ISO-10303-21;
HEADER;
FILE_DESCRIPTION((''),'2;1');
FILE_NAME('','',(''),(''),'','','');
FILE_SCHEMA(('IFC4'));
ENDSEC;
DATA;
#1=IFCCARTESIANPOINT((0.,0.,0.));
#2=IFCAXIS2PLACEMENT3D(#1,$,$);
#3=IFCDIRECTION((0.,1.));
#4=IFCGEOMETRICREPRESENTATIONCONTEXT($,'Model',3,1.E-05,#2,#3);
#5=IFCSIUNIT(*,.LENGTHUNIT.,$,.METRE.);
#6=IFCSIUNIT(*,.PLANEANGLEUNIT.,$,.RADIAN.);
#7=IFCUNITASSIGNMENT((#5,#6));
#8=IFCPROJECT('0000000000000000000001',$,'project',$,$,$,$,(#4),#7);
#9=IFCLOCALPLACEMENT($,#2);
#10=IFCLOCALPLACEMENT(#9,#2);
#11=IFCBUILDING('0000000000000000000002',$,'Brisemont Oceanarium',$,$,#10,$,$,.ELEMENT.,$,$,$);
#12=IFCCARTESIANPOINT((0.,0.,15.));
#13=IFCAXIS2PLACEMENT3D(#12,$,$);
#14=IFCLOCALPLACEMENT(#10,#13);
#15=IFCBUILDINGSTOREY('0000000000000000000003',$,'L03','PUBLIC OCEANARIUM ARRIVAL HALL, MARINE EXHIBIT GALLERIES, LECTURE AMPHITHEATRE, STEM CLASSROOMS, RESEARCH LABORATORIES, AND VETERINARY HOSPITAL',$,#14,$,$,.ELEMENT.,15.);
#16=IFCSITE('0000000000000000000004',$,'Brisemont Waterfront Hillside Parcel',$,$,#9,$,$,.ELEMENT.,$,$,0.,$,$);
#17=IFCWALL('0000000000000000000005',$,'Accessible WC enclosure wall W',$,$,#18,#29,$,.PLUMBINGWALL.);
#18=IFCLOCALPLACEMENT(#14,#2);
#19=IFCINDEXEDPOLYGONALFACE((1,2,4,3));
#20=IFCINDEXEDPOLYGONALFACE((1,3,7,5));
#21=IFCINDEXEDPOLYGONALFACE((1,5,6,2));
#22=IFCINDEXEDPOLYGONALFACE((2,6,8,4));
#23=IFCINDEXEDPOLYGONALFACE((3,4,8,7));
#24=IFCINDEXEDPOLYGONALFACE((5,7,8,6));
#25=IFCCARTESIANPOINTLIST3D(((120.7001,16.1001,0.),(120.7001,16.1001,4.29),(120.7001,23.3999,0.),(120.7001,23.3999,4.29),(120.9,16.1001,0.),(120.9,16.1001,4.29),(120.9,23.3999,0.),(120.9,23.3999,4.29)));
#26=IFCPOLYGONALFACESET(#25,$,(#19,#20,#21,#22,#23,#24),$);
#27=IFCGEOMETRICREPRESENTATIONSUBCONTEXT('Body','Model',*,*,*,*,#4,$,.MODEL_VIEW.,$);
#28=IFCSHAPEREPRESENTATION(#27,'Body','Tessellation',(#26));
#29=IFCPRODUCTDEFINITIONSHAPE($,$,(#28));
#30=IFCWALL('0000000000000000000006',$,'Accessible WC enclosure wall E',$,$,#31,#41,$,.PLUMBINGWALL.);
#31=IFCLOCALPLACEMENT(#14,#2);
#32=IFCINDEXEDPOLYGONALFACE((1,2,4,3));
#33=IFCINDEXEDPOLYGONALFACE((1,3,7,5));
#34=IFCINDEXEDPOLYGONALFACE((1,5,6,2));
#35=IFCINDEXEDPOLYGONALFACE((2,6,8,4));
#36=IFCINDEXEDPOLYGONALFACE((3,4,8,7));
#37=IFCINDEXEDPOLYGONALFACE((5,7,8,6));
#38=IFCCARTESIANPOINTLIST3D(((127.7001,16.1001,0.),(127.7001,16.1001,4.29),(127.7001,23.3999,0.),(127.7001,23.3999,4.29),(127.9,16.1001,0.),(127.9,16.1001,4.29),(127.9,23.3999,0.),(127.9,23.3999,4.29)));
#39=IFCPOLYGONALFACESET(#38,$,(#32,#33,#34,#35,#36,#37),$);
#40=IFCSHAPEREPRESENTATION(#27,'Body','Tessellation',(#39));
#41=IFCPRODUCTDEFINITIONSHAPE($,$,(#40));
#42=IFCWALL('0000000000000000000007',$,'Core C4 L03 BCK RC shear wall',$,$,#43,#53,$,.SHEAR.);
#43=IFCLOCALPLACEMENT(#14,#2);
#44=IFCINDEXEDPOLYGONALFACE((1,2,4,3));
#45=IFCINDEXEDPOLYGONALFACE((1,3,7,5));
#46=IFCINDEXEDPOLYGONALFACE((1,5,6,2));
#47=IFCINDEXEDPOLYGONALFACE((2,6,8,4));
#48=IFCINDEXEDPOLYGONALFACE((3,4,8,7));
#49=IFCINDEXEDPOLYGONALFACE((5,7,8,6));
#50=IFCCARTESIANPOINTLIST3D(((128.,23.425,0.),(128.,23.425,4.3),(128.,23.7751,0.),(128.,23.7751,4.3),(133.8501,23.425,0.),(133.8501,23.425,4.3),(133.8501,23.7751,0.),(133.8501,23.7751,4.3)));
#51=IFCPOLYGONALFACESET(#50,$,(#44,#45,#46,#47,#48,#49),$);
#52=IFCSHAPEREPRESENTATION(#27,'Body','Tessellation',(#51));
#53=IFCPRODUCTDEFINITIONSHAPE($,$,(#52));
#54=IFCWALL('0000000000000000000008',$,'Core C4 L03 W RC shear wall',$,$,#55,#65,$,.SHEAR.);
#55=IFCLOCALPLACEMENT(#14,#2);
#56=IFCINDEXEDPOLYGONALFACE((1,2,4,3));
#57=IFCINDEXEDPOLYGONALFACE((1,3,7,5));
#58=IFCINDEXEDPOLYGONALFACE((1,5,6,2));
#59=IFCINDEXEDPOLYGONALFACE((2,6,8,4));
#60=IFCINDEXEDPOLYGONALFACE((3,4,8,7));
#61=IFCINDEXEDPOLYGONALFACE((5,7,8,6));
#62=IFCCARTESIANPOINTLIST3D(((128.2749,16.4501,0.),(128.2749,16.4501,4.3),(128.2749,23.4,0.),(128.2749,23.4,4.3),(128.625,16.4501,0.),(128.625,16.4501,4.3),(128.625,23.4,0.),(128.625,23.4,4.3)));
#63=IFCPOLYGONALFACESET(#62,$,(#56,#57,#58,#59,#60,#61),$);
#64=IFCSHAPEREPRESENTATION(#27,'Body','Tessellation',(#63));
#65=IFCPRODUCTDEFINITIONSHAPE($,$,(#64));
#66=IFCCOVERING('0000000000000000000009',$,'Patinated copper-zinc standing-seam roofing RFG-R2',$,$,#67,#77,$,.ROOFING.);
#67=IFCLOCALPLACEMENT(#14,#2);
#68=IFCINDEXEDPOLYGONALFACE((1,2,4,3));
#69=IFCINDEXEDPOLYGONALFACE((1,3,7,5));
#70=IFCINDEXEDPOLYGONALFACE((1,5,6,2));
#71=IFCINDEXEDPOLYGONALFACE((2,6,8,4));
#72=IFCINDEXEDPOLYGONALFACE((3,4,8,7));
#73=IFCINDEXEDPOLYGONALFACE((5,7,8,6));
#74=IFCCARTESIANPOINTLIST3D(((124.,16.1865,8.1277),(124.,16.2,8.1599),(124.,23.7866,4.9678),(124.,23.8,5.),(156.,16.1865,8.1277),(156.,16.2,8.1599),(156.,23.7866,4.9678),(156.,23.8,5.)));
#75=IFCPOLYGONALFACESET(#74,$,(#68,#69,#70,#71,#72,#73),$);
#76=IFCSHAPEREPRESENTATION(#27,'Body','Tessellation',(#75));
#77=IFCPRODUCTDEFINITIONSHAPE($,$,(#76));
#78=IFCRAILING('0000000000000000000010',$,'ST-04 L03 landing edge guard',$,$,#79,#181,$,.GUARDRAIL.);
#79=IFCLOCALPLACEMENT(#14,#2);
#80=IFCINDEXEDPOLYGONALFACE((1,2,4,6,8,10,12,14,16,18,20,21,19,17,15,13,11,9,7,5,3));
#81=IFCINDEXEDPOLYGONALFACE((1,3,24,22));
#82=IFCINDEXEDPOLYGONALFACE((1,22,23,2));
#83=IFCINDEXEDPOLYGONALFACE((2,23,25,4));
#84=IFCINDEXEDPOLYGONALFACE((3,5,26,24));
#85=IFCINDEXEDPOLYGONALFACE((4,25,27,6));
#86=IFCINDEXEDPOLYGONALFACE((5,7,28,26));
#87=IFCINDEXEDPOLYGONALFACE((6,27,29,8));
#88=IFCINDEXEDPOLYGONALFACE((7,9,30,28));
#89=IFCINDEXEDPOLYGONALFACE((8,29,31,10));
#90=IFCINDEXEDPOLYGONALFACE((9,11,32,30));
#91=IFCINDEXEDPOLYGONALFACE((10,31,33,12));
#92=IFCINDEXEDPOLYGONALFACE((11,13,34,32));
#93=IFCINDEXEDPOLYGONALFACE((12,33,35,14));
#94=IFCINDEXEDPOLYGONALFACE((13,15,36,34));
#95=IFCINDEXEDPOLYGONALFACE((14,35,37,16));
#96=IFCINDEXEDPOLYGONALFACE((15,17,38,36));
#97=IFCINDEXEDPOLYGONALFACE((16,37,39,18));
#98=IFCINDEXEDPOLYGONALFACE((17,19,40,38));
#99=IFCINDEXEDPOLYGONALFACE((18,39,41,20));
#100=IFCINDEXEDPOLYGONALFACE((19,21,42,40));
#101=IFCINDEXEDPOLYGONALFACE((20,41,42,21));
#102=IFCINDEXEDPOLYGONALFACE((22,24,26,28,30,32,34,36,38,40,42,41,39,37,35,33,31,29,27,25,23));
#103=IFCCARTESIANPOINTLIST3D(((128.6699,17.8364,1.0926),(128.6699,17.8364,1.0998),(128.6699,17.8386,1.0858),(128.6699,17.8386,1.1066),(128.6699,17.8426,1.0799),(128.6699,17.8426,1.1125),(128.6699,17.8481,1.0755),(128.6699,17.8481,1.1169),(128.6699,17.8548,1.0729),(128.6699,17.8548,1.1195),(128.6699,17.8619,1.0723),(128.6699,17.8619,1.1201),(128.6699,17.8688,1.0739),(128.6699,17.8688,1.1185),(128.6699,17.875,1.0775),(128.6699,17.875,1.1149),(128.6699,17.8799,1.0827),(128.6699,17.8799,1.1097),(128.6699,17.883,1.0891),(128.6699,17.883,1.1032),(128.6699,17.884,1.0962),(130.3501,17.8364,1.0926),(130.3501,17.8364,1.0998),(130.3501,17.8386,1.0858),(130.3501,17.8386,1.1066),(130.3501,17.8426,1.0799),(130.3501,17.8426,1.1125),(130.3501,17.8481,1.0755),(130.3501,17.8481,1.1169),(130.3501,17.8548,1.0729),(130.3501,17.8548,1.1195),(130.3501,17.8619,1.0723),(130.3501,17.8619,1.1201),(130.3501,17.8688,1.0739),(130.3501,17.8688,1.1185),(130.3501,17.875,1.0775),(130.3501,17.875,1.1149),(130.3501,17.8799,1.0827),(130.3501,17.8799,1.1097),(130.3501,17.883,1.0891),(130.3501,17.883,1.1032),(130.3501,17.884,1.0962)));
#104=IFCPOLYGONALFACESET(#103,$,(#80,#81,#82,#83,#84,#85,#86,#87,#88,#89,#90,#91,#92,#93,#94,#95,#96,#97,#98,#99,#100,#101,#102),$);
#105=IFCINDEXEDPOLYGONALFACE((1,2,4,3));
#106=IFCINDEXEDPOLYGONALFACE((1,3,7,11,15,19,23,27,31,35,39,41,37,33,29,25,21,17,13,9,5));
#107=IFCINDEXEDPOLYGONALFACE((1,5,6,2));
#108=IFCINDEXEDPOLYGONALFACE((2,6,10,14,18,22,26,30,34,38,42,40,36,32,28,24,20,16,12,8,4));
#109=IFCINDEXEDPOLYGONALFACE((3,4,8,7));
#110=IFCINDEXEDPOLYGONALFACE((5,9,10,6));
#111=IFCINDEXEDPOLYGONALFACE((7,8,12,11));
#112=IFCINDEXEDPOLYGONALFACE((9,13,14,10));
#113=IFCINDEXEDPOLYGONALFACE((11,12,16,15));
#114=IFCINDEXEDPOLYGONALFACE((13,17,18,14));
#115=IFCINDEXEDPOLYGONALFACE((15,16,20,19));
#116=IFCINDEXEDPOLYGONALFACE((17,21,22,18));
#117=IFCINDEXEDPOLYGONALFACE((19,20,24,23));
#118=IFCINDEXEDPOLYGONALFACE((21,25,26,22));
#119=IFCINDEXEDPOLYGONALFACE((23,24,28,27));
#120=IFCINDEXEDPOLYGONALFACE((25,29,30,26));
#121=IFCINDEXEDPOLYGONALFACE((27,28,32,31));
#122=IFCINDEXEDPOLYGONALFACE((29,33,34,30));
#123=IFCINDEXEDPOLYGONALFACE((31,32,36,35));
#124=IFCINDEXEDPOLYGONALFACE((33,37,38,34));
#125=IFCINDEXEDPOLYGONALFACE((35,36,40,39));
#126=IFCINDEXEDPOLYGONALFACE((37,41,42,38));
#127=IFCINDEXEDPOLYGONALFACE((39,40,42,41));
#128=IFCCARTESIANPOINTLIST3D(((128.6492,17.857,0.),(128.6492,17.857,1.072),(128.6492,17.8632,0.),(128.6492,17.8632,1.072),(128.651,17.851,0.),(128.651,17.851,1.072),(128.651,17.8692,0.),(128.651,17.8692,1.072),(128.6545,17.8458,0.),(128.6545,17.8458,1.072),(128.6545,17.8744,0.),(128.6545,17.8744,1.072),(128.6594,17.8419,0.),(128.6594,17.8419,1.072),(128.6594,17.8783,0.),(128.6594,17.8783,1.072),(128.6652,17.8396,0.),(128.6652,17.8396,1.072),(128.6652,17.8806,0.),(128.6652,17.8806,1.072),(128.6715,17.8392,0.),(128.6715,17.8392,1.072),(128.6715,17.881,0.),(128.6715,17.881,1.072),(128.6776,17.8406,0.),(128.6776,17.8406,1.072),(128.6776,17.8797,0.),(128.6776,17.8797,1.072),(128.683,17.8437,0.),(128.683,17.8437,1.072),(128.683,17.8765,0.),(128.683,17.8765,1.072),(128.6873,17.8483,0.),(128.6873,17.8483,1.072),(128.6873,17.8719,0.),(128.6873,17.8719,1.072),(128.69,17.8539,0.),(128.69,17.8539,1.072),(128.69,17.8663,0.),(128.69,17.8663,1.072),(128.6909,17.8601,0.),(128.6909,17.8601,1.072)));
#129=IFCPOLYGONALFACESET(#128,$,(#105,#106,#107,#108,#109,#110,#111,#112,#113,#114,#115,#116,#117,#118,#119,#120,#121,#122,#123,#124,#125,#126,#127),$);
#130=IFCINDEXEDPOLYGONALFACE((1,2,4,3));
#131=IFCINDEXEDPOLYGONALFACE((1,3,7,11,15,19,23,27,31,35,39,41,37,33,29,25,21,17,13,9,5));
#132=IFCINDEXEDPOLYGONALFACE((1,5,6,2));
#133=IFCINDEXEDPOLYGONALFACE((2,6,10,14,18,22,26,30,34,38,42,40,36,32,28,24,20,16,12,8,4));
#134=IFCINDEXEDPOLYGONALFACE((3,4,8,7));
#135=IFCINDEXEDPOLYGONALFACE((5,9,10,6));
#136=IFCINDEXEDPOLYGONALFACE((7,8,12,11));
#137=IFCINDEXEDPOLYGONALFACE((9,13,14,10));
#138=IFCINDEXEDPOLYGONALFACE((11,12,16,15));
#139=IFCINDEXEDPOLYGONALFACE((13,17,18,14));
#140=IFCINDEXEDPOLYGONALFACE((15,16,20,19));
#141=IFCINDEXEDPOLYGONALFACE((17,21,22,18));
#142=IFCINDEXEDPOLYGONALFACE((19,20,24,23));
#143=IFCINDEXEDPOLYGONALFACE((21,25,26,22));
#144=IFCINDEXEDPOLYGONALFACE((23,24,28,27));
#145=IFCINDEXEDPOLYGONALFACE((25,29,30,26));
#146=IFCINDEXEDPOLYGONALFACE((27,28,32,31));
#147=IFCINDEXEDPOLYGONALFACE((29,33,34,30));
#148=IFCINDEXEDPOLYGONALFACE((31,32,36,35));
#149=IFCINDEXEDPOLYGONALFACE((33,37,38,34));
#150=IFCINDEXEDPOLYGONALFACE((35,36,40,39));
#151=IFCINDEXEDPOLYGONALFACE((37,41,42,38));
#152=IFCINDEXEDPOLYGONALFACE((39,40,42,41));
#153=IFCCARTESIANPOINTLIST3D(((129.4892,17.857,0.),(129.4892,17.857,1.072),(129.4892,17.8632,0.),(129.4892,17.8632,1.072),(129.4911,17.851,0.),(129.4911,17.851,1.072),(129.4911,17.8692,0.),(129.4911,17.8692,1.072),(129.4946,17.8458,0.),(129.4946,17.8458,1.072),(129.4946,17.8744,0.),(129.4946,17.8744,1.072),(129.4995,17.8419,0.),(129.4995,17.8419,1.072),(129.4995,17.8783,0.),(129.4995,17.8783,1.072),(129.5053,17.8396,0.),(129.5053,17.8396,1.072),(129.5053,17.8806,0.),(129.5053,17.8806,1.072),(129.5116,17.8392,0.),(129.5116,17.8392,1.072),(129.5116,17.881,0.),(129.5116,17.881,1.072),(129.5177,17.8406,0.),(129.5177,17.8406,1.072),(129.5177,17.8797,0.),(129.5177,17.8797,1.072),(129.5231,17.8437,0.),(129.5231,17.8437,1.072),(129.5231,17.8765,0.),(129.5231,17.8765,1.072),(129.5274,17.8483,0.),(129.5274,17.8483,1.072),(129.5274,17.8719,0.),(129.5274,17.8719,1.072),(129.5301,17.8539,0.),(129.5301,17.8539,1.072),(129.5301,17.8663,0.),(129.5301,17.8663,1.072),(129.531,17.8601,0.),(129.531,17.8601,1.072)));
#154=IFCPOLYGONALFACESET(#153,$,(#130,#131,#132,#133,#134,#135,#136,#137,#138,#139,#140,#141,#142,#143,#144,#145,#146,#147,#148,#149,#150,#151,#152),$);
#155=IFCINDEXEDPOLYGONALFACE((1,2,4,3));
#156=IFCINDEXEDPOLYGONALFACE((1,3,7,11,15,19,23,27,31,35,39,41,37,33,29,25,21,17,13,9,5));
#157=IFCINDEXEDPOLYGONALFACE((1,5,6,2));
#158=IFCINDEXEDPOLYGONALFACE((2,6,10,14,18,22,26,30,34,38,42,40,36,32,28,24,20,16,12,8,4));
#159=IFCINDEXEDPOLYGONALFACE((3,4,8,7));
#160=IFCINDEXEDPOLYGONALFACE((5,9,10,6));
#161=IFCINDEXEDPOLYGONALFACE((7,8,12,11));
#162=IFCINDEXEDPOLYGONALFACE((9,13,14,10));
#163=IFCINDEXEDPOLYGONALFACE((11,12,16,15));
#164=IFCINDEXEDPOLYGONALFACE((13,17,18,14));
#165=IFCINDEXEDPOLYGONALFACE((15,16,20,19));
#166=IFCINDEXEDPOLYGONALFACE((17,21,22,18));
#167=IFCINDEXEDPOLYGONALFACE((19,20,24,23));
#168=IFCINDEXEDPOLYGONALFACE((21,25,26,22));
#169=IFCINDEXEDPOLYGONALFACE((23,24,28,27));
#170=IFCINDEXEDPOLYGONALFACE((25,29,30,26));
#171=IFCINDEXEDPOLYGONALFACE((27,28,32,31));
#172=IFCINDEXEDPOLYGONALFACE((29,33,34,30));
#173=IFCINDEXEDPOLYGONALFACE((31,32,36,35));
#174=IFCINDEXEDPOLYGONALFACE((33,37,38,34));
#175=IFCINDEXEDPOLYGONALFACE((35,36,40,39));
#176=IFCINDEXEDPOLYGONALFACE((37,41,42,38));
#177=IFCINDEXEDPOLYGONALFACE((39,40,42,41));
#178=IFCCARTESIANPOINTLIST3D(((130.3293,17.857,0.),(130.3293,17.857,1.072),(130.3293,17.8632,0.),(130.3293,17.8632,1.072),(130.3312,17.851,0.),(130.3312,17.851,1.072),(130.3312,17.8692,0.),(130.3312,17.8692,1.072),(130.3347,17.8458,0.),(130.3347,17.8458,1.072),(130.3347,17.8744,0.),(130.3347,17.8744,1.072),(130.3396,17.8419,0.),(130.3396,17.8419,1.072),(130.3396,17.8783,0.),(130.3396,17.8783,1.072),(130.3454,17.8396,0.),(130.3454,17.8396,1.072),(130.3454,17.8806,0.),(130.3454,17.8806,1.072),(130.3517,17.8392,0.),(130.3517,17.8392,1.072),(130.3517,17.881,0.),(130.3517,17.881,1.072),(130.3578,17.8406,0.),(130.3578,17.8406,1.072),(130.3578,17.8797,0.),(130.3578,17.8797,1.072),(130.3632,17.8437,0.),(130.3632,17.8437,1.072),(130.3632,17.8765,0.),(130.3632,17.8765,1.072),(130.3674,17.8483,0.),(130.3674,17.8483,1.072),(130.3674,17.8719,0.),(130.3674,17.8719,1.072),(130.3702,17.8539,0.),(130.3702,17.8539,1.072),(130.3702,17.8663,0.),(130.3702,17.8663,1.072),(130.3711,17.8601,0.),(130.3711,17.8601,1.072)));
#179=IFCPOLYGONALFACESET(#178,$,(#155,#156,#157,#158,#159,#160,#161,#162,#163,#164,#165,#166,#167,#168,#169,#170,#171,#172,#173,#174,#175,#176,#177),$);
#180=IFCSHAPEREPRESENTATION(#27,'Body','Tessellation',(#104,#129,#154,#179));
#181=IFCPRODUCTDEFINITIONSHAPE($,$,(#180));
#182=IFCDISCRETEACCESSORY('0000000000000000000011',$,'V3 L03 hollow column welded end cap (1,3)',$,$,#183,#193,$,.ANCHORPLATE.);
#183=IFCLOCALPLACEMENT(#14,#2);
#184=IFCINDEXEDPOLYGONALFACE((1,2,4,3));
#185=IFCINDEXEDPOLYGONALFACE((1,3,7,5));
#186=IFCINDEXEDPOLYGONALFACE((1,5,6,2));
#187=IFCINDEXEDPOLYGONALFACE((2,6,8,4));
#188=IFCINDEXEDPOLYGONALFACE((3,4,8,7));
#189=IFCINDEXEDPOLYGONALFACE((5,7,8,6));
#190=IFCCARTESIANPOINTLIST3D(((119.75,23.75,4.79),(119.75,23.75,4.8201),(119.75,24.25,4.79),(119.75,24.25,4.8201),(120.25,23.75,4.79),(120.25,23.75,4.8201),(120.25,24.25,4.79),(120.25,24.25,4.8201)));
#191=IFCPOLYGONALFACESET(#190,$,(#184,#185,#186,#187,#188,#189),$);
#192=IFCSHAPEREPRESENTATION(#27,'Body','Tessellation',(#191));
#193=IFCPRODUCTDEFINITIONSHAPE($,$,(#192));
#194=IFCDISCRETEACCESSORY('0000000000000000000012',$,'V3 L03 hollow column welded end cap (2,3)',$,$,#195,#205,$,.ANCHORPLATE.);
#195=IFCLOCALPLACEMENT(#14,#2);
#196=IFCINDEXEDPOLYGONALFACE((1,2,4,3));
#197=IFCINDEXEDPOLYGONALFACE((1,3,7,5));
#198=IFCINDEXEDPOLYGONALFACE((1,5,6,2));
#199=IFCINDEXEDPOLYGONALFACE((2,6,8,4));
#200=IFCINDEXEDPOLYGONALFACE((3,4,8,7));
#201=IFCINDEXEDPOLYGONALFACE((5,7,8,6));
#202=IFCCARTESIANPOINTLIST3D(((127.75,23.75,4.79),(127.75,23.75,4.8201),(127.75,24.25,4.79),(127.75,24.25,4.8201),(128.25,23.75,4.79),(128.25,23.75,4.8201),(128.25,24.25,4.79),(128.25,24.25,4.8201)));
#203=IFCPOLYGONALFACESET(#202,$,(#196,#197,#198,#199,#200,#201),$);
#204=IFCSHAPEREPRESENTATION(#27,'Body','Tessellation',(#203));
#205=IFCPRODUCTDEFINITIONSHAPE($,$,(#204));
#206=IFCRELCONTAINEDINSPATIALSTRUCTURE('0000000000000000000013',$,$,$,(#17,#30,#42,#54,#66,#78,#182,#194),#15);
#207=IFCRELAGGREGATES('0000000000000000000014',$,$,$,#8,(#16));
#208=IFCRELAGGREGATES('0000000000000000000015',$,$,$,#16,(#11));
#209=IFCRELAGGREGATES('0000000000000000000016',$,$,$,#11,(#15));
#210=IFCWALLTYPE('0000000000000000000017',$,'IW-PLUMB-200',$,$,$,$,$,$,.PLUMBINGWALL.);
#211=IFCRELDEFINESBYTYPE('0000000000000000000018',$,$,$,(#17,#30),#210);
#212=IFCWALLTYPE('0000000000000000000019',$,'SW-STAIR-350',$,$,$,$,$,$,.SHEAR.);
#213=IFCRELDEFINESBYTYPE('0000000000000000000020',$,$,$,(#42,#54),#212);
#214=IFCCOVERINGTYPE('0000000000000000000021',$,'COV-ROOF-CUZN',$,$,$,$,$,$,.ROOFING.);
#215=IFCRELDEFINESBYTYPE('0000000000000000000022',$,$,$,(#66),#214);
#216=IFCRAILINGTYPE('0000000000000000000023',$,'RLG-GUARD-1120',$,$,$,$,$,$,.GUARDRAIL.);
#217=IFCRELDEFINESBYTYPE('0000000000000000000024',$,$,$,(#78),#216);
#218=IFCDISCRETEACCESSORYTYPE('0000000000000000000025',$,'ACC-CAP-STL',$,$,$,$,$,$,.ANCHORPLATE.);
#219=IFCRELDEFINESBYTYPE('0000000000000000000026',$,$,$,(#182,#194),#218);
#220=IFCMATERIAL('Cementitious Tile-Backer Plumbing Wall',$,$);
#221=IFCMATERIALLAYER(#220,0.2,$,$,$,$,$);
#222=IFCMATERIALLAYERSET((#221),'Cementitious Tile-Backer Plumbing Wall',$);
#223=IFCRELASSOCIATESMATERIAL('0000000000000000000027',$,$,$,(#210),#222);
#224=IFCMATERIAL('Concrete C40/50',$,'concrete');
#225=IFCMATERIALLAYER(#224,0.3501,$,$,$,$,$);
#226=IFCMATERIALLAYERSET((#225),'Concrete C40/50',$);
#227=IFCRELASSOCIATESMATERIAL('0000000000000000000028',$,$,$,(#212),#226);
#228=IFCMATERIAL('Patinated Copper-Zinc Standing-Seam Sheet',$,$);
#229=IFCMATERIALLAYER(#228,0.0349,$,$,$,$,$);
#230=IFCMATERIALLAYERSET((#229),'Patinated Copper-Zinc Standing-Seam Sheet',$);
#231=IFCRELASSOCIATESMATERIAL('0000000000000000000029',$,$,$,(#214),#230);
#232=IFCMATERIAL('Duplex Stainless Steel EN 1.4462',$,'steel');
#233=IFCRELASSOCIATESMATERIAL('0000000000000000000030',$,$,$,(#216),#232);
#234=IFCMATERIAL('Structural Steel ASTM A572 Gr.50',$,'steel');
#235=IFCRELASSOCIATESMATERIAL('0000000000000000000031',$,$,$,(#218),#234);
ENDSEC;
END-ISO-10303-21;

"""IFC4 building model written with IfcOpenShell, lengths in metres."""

from ifc_helpers import new_model, si_unit, direction, frame, frame_2d, origin, origin_2d, place, context, subcontext, project, spatial, polyline, rectangle, circle, outline, extrude, material, layer, layer_set, type_object, element, save


model = new_model("IFC4")

# Units and contexts
model_context = context("Model", 3, precision=1e-05, world=origin(), true_north=direction((0.0, 1.0)))
body_context = subcontext(model_context, "Body", "Model", "MODEL_VIEW")
ifc_project = project(units=[si_unit("LENGTHUNIT", "METRE"), si_unit("PLANEANGLEUNIT", "RADIAN")], contexts=[model_context])

# Site, building, storey
site_placement = place(None, origin())
site = spatial("IfcSite", under=ifc_project, at=site_placement, Name="Brisemont Waterfront Hillside Parcel", CompositionType="ELEMENT", RefElevation=0.0)
building_placement = place(site_placement, origin())
building = spatial("IfcBuilding", under=site, at=building_placement, Name="Brisemont Oceanarium", CompositionType="ELEMENT")
storey_placement = place(building_placement, frame((0.0, 0.0, 15.0)))
storey = spatial("IfcBuildingStorey", under=building, at=storey_placement, Name="L03", Description="PUBLIC OCEANARIUM ARRIVAL HALL, MARINE EXHIBIT GALLERIES, LECTURE AMPHITHEATRE, STEM CLASSROOMS, RESEARCH LABORATORIES, AND VETERINARY HOSPITAL", CompositionType="ELEMENT", Elevation=15.0)

# Shared definitions
ifc_material_1 = material(Name="Cementitious Tile-Backer Plumbing Wall")
ifc_layer_1 = layer(ifc_material_1, 0.2)
ifc_layer_set_1 = layer_set([ifc_layer_1], Name="Cementitious Tile-Backer Plumbing Wall")
wall_type_1 = type_object("IfcWallType", Name="IW-PLUMB-200", PredefinedType="PLUMBINGWALL", material=ifc_layer_set_1)

# Walls
for number, where, z_axis, x_axis, name in (
    (1, (120.8, 16.1001, 0.0), (0.0, 0.0, 1.0), (0.0, 1.0, 0.0), "Accessible WC enclosure wall W"),
    (2, (127.8, 16.1001, 0.0), (0.0, 0.0, 1.0), (0.0, 1.0, 0.0), "Accessible WC enclosure wall E"),
):
    element("IfcWall", number, at=place(storey_placement, frame(where, z_axis=z_axis, x_axis=x_axis)), inside=storey, type_object=wall_type_1, Name=name, PredefinedType="PLUMBINGWALL", context=body_context, shape_type="SweptSolid", body=[
        extrude(rectangle(XDim=7.2998, YDim=0.2, at=frame_2d((3.6499, 0.0))), origin(), (0.0, 0.0, 1.0), 4.29),
    ])

# Shared definitions
ifc_material_2 = material(Name="Concrete C40/50", Category="concrete")
ifc_layer_2 = layer(ifc_material_2, 0.3501)
ifc_layer_set_2 = layer_set([ifc_layer_2], Name="Concrete C40/50")
wall_type_2 = type_object("IfcWallType", Name="SW-STAIR-350", PredefinedType="SHEAR", material=ifc_layer_set_2)

# Walls
wall_1_placement = place(storey_placement, frame((128.0, 23.6001, 0.0), z_axis=(0.0, 0.0, 1.0), x_axis=(1.0, 0.0, 0.0)))
element("IfcWall", 3, at=wall_1_placement, inside=storey, type_object=wall_type_2, Name="Core C4 L03 BCK RC shear wall", PredefinedType="SHEAR", context=body_context, shape_type="SweptSolid", body=[
    extrude(rectangle(XDim=5.8501, YDim=0.3501, at=frame_2d((2.925, 0.0))), origin(), (0.0, 0.0, 1.0), 4.3),
])
wall_2_placement = place(storey_placement, frame((128.45, 16.45, 0.0), z_axis=(0.0, 0.0, 1.0), x_axis=(0.0, 1.0, 0.0)))
element("IfcWall", 4, at=wall_2_placement, inside=storey, type_object=wall_type_2, Name="Core C4 L03 W RC shear wall", PredefinedType="SHEAR", context=body_context, shape_type="SweptSolid", body=[
    extrude(rectangle(XDim=6.95, YDim=0.3501, at=frame_2d((3.4751, 0.0))), origin(), (0.0, 0.0, 1.0), 4.3),
])

# Covering
ifc_material_3 = material(Name="Patinated Copper-Zinc Standing-Seam Sheet")
ifc_layer_3 = layer(ifc_material_3, 0.0349)
ifc_layer_set_3 = layer_set([ifc_layer_3], Name="Patinated Copper-Zinc Standing-Seam Sheet")
covering_type = type_object("IfcCoveringType", Name="COV-ROOF-CUZN", PredefinedType="ROOFING", material=ifc_layer_set_3)
covering_placement = place(storey_placement, frame((124.0, 16.2, 8.1599), z_axis=(0.0, 0.383912, 0.92337), x_axis=(1.0, 0.0, 0.0)))
element("IfcCovering", 5, at=covering_placement, inside=storey, type_object=covering_type, Name="Patinated copper-zinc standing-seam roofing RFG-R2", PredefinedType="ROOFING", context=body_context, shape_type="SweptSolid", body=[
    extrude(outline(polyline([(0.0, 0.0), (32.0, 0.0), (32.0, 8.2308), (0.0, 8.2308), (0.0, 0.0)])), origin(), (0.0, 0.0, -1.0), 0.0349),
])

# Railing
ifc_material_4 = material(Name="Duplex Stainless Steel EN 1.4462", Category="steel")
railing_type = type_object("IfcRailingType", Name="RLG-GUARD-1120", PredefinedType="GUARDRAIL", material=ifc_material_4)
railing_1_placement = place(storey_placement, frame((128.6699, 17.8601, 0.0)))
element("IfcRailing", 6, at=railing_1_placement, inside=storey, type_object=railing_type, Name="ST-04 L03 landing edge guard", PredefinedType="GUARDRAIL", context=body_context, shape_type="SweptSolid", body=[
    extrude(circle(Radius=0.0239, at=origin_2d()), frame((0.0, 0.0, 1.0962), z_axis=(1.0, 0.0, 0.0), x_axis=(0.0, 1.0, 0.0)), (0.0, 0.0, 1.0), 1.6802),
    extrude(circle(Radius=0.021, at=origin_2d()), origin(), (0.0, 0.0, 1.0), 1.072),
    extrude(circle(Radius=0.021, at=origin_2d()), frame((0.8401, 0.0, 0.0)), (0.0, 0.0, 1.0), 1.072),
    extrude(circle(Radius=0.021, at=origin_2d()), frame((1.6802, 0.0, 0.0)), (0.0, 0.0, 1.0), 1.072),
])

# Discrete accessories
ifc_material_5 = material(Name="Structural Steel ASTM A572 Gr.50", Category="steel")
discrete_accessory_type = type_object("IfcDiscreteAccessoryType", Name="ACC-CAP-STL", PredefinedType="ANCHORPLATE", material=ifc_material_5)
for number, where, z_axis, x_axis, name in (
    (7, (120.0, 24.0, 4.79), (0.0, 0.0, 1.0), (1.0, 0.0, 0.0), "V3 L03 hollow column welded end cap (1,3)"),
    (8, (128.0, 24.0, 4.79), (0.0, 0.0, 1.0), (1.0, 0.0, 0.0), "V3 L03 hollow column welded end cap (2,3)"),
):
    element("IfcDiscreteAccessory", number, at=place(storey_placement, frame(where, z_axis=z_axis, x_axis=x_axis)), inside=storey, type_object=discrete_accessory_type, Name=name, PredefinedType="ANCHORPLATE", context=body_context, shape_type="SweptSolid", body=[
        extrude(rectangle(XDim=0.5, YDim=0.5, at=origin_2d()), origin(), (0.0, 0.0, 1.0), 0.03),
    ])

save(model, "model.ifc")
